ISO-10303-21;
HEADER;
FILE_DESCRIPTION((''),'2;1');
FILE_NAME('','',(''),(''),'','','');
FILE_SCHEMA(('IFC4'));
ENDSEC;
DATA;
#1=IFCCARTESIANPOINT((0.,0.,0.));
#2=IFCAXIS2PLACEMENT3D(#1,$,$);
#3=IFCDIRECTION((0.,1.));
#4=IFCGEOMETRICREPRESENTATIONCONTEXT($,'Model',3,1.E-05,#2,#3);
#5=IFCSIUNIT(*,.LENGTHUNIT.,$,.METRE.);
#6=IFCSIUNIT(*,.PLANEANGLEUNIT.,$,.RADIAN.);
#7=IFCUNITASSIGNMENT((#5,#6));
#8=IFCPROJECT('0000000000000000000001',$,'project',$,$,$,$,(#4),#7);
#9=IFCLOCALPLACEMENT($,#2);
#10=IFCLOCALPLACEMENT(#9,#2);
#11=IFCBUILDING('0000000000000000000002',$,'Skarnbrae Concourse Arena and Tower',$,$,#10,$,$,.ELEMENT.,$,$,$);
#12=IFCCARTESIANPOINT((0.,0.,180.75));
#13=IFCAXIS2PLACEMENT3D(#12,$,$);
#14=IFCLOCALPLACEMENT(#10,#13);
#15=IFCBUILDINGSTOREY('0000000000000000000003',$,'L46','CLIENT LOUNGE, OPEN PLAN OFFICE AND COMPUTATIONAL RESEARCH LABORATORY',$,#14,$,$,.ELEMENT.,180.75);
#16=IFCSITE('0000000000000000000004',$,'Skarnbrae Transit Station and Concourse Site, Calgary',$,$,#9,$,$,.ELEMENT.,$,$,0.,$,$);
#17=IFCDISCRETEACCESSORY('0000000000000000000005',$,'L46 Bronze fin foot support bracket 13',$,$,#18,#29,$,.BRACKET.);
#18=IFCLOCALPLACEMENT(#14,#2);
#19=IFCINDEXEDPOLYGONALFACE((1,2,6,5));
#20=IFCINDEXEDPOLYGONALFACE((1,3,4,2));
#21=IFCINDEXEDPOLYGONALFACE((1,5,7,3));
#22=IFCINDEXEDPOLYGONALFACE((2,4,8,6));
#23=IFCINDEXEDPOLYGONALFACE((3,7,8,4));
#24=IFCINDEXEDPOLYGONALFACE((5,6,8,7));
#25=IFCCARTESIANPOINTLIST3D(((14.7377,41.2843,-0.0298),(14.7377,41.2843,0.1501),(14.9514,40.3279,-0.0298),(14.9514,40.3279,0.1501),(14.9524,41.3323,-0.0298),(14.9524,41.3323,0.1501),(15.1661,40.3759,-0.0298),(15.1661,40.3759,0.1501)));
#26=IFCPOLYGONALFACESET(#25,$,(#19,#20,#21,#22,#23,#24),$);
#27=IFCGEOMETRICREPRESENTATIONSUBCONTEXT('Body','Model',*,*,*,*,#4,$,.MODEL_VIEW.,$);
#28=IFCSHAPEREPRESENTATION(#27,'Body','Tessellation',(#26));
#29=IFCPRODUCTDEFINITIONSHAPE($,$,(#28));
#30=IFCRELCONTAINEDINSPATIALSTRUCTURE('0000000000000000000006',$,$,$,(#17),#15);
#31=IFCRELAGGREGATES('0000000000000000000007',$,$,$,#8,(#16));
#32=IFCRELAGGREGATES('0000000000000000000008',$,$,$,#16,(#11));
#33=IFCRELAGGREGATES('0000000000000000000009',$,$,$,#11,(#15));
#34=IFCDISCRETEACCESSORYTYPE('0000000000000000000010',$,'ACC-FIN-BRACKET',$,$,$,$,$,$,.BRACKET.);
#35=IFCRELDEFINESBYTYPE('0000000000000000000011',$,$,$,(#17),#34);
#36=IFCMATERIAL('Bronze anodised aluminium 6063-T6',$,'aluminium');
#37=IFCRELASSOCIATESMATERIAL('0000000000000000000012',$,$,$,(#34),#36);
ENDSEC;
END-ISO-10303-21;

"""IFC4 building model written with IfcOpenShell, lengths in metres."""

from ifc_helpers import new_model, si_unit, direction, frame, origin, origin_2d, place, context, subcontext, project, spatial, rectangle, extrude, source, transform, mapped, material, type_object, element, save


model = new_model("IFC4")

# Units and contexts
model_context = context("Model", 3, precision=1e-05, world=origin(), true_north=direction((0.0, 1.0)))
body_context = subcontext(model_context, "Body", "Model", "MODEL_VIEW")
ifc_project = project(units=[si_unit("LENGTHUNIT", "METRE"), si_unit("PLANEANGLEUNIT", "RADIAN")], contexts=[model_context])

# Site, building, storey
site_placement = place(None, origin())
site = spatial("IfcSite", under=ifc_project, at=site_placement, Name="Skarnbrae Transit Station and Concourse Site, Calgary", CompositionType="ELEMENT", RefElevation=0.0)
building_placement = place(site_placement, origin())
building = spatial("IfcBuilding", under=site, at=building_placement, Name="Skarnbrae Concourse Arena and Tower", CompositionType="ELEMENT")
storey_placement = place(building_placement, frame((0.0, 0.0, 180.75)))
storey = spatial("IfcBuildingStorey", under=building, at=storey_placement, Name="L46", Description="CLIENT LOUNGE, OPEN PLAN OFFICE AND COMPUTATIONAL RESEARCH LABORATORY", CompositionType="ELEMENT", Elevation=180.75)

# Shared definitions
ifc_material_1 = material(Name="Bronze anodised aluminium 6063-T6", Category="aluminium")

# Discrete accessory
discrete_accessory_type = type_object("IfcDiscreteAccessoryType", Name="ACC-FIN-BRACKET", PredefinedType="BRACKET", material=ifc_material_1)
shared_shape_1 = source(origin(), body_context, "Body", "SweptSolid", [
    extrude(rectangle(XDim=0.22, YDim=0.98, at=origin_2d()), origin(), (0.0, 0.0, 1.0), 0.1799),
])
for number, where, z_axis, x_axis, name in (
    (1, (14.9519, 40.8301, -0.0298), (0.0, 0.0, 1.0), (0.975936, 0.218058, 0.0), "L46 Bronze fin foot support bracket 13"),
):
    element("IfcDiscreteAccessory", number, at=place(storey_placement, frame(where, z_axis=z_axis, x_axis=x_axis)), inside=storey, type_object=discrete_accessory_type, Name=name, PredefinedType="BRACKET", context=body_context, shape_type="MappedRepresentation", body=[
        mapped(shared_shape_1, transform((0.0, 0.0, 0.0))),
    ])

save(model, "model.ifc")
